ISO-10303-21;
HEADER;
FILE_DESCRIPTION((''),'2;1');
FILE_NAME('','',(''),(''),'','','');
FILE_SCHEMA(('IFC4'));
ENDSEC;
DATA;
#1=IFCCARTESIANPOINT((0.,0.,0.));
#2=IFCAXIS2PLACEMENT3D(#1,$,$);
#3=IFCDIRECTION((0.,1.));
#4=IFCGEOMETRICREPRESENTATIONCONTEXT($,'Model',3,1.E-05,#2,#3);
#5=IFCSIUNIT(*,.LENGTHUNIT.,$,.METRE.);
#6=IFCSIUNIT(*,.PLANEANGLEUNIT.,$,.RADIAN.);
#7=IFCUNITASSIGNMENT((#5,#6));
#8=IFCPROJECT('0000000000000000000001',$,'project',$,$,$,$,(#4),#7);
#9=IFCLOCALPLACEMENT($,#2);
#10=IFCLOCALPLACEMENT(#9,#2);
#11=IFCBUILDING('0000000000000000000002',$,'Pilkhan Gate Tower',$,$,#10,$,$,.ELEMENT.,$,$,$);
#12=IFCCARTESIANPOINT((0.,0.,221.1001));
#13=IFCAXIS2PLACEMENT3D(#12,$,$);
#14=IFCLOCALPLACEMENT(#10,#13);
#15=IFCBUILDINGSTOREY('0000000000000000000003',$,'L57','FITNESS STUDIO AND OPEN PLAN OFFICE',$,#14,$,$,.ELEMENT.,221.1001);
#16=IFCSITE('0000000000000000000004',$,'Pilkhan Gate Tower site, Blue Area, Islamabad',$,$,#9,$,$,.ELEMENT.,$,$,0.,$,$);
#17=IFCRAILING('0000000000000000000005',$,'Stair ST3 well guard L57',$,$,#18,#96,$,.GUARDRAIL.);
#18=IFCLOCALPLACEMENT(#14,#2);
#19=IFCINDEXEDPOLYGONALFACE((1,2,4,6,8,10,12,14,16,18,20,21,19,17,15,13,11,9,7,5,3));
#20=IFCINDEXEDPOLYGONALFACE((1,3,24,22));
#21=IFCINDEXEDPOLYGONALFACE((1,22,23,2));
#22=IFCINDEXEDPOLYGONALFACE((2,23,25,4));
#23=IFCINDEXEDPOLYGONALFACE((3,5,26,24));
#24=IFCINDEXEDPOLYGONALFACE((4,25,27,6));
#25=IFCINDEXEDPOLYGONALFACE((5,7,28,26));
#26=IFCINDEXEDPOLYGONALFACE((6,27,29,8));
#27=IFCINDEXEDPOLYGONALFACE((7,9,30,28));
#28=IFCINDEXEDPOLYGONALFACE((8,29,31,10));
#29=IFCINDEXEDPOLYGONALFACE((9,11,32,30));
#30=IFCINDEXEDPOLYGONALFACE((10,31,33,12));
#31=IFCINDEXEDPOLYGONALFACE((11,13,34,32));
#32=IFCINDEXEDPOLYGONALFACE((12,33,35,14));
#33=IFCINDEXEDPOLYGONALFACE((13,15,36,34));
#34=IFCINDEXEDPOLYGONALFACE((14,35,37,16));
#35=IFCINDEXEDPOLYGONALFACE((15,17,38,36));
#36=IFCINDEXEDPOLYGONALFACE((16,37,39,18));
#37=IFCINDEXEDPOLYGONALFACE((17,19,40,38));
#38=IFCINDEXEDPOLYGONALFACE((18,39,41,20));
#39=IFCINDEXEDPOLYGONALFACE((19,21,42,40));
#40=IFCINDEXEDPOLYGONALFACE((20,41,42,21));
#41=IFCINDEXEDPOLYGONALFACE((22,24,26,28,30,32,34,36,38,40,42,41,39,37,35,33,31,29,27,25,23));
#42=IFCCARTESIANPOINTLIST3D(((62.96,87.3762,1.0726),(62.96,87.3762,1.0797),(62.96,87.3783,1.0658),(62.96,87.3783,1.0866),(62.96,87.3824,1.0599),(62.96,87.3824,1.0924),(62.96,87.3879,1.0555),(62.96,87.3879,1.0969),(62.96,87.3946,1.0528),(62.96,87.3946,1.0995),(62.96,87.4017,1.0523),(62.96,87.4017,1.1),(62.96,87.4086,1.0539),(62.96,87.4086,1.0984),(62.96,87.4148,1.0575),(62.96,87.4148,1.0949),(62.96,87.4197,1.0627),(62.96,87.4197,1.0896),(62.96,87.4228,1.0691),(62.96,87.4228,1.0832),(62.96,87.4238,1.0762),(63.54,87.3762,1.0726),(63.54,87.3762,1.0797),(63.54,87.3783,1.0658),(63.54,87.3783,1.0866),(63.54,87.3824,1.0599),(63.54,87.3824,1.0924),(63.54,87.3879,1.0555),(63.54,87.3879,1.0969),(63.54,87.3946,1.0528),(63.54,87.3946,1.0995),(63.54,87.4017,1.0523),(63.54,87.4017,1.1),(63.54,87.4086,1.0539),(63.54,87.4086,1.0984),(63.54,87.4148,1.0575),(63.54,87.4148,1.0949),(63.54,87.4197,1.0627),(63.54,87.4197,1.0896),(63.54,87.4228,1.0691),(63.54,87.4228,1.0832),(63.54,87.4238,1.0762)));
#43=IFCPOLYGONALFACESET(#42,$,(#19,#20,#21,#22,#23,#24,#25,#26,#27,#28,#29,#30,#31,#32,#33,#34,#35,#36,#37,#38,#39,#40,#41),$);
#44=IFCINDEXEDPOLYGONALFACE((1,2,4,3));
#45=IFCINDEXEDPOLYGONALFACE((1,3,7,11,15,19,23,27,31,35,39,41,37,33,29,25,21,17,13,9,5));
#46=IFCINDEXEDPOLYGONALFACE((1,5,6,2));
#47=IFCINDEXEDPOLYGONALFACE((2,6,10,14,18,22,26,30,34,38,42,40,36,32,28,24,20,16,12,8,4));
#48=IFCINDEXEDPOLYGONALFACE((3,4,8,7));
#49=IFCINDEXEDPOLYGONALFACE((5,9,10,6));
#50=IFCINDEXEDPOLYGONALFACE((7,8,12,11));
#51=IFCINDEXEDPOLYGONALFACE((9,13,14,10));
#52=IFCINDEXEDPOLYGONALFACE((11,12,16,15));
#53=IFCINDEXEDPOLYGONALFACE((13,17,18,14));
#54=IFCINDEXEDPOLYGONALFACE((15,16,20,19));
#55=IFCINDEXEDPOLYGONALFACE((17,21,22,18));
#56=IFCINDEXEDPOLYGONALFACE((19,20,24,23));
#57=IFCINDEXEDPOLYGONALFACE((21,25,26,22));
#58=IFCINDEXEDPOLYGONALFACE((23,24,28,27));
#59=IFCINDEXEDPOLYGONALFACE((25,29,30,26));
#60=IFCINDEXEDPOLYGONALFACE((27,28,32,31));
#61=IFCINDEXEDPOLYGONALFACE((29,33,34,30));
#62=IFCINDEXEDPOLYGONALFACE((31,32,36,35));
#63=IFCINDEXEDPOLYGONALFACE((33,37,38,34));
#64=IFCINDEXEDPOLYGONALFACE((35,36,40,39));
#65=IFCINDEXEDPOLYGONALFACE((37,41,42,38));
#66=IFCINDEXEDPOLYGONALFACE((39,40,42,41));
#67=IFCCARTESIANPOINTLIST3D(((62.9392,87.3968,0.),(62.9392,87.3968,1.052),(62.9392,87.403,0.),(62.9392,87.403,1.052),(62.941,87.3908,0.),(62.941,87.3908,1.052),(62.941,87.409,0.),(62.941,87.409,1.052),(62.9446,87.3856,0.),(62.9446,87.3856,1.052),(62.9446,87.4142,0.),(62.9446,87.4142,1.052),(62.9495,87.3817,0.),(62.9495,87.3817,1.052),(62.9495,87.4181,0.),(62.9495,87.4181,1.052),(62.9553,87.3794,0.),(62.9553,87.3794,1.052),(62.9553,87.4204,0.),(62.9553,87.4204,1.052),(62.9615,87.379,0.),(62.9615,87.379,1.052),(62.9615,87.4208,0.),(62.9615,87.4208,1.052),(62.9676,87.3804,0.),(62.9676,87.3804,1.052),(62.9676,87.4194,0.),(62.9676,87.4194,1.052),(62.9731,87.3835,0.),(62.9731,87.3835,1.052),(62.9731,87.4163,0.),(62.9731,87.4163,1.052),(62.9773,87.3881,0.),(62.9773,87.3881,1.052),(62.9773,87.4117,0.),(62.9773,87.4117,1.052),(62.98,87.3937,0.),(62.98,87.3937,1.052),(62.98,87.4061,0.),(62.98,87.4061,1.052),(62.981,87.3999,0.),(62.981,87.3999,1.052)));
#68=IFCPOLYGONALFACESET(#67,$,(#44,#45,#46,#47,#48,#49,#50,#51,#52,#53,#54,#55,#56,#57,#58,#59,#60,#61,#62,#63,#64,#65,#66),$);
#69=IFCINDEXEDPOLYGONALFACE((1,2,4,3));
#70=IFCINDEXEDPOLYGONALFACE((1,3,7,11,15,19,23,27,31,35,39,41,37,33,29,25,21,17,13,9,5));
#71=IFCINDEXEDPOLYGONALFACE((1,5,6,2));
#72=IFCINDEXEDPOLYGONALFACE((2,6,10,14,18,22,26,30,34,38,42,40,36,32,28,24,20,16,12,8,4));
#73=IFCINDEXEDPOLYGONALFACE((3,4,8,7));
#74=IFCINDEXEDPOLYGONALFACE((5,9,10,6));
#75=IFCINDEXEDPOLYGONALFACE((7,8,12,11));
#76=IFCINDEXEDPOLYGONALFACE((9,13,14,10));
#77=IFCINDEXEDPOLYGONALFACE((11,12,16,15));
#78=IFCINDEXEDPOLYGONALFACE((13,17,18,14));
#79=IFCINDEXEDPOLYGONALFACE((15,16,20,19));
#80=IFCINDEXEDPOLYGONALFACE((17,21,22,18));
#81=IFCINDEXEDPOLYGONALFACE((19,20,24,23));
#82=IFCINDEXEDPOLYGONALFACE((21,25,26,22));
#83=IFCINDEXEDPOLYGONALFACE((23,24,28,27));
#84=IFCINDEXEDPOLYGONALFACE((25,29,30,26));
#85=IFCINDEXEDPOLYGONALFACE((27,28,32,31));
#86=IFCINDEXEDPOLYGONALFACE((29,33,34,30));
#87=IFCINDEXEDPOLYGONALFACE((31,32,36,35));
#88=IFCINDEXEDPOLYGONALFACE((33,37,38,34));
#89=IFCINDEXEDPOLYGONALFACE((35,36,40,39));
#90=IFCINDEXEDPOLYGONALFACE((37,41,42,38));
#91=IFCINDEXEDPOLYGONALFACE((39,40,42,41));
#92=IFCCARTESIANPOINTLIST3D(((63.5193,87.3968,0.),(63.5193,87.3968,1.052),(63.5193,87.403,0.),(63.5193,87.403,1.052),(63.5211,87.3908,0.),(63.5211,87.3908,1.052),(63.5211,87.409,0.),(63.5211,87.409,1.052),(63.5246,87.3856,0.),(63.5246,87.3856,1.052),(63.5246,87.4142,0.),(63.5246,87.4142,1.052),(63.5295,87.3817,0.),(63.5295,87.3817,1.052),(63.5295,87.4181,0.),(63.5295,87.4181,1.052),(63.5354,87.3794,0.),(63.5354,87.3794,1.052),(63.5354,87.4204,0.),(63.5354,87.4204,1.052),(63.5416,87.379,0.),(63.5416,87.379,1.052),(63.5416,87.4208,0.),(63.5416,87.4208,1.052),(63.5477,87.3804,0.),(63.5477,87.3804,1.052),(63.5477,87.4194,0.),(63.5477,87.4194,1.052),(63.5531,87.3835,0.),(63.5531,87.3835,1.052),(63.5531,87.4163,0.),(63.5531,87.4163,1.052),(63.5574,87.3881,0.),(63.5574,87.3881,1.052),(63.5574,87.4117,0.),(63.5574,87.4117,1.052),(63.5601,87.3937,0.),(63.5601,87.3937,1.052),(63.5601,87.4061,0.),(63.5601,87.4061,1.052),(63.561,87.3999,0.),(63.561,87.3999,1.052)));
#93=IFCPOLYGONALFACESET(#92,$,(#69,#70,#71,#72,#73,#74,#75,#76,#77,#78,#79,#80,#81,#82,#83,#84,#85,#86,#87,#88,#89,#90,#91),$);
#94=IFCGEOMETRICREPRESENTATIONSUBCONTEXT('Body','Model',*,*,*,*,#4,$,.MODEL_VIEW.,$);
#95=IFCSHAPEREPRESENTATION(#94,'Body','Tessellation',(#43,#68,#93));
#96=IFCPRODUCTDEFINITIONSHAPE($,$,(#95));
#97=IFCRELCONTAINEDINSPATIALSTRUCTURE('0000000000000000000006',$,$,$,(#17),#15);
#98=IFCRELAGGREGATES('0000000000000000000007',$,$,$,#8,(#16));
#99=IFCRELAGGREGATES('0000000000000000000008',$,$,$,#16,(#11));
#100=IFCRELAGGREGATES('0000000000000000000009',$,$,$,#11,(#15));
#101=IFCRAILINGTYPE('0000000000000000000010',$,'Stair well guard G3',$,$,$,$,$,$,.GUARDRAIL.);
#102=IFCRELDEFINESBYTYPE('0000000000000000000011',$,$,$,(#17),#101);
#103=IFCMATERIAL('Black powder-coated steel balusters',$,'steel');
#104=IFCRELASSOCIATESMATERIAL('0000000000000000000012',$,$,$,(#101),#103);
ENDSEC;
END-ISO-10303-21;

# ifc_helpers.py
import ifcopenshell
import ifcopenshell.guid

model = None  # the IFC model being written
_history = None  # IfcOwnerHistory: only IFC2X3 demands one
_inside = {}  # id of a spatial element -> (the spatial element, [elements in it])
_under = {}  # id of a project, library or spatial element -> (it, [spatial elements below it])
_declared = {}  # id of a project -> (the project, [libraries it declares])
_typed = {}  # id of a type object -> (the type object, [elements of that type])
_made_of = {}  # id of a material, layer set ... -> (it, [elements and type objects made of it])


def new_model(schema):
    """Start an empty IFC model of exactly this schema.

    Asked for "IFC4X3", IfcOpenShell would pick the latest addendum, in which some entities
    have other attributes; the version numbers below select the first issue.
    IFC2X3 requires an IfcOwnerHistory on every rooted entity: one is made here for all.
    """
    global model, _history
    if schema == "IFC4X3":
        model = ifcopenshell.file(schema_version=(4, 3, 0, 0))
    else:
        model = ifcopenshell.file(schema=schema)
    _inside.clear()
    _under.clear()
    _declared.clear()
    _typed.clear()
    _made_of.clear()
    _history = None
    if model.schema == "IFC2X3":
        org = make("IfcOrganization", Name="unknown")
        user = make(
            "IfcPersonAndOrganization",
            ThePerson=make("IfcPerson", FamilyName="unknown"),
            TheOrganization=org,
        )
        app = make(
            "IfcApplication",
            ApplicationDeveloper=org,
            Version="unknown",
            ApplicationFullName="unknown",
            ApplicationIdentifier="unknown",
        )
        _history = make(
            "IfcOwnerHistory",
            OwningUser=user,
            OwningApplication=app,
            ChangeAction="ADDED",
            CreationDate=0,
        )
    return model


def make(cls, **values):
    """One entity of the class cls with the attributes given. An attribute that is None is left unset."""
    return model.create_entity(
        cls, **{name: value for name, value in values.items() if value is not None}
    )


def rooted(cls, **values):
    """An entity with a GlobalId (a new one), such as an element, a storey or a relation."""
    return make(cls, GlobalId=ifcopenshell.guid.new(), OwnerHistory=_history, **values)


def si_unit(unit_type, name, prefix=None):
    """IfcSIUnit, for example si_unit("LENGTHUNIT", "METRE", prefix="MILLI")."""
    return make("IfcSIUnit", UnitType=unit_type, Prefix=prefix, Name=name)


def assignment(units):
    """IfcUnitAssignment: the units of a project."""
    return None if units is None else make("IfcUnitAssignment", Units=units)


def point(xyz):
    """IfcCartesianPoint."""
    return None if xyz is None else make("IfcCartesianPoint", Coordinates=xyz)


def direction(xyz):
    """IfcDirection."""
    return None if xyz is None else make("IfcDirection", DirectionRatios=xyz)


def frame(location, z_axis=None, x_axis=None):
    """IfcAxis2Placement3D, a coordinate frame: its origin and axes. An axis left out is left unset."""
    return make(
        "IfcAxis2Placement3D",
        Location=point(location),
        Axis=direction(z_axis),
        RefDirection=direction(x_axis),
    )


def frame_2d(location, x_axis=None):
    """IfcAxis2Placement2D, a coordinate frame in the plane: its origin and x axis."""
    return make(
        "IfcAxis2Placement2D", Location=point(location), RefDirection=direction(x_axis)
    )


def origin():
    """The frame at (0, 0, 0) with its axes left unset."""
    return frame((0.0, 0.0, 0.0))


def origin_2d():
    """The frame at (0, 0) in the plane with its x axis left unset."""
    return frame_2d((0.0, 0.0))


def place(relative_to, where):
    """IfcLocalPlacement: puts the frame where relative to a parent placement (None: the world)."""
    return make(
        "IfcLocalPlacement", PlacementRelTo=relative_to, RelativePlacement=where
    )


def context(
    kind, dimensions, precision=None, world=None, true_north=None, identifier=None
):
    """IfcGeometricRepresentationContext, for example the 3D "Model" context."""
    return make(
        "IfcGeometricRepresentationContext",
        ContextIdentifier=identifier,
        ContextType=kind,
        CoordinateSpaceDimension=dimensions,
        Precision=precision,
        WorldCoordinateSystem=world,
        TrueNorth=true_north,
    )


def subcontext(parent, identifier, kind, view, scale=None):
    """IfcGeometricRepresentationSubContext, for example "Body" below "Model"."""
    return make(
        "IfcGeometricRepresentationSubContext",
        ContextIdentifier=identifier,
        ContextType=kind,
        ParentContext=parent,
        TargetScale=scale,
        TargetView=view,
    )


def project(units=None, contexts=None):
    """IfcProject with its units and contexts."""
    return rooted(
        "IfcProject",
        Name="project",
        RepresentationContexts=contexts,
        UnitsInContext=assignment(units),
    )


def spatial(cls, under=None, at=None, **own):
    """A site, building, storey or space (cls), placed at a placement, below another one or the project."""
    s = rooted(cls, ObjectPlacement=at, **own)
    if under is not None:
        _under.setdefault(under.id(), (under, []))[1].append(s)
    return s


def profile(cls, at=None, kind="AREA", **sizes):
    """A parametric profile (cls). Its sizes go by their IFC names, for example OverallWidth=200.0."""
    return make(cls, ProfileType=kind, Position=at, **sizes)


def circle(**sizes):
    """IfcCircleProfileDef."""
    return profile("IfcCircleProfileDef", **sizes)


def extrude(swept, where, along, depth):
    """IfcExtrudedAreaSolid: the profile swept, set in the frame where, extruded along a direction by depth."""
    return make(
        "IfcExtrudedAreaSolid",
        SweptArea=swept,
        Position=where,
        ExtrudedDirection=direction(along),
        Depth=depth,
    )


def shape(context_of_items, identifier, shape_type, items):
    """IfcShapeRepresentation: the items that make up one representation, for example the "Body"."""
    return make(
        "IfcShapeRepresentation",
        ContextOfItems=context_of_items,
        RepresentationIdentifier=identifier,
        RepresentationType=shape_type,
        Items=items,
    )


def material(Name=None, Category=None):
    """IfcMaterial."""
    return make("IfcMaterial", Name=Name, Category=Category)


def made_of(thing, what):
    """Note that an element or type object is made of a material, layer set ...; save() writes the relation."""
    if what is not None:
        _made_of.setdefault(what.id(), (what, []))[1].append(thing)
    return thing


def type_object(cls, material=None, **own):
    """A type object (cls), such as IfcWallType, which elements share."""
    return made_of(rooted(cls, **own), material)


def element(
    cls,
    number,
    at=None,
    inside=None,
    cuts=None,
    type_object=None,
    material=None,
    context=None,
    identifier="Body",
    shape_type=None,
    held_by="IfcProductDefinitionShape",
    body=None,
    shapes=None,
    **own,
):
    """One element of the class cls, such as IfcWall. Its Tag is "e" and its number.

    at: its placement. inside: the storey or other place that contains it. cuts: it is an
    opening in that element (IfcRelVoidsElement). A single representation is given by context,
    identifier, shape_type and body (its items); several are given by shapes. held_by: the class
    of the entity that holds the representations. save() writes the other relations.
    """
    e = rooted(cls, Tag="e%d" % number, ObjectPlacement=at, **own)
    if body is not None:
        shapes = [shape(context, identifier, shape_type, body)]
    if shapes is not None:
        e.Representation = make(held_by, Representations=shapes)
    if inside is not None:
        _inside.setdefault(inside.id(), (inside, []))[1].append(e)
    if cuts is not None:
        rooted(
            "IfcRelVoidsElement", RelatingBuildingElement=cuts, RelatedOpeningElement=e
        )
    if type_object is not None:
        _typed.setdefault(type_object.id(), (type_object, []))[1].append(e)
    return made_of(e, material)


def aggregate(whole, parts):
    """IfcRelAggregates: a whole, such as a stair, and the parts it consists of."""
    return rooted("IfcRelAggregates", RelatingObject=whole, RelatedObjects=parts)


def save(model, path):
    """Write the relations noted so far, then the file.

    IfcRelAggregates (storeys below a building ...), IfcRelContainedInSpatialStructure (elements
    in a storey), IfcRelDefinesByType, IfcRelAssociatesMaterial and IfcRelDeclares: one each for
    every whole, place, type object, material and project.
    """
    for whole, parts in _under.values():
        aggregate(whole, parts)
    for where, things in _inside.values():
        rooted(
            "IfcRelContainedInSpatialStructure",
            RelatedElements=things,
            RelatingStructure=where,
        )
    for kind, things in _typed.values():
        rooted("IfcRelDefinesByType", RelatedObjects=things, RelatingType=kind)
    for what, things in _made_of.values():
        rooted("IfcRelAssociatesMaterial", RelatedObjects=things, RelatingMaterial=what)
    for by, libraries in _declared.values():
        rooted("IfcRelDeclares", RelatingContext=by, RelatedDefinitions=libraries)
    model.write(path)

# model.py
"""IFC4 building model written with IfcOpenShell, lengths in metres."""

from ifc_helpers import new_model, si_unit, direction, frame, origin, origin_2d, place, context, subcontext, project, spatial, circle, extrude, material, type_object, element, save


model = new_model("IFC4")

# Units and contexts
model_context = context("Model", 3, precision=1e-05, world=origin(), true_north=direction((0.0, 1.0)))
body_context = subcontext(model_context, "Body", "Model", "MODEL_VIEW")
ifc_project = project(units=[si_unit("LENGTHUNIT", "METRE"), si_unit("PLANEANGLEUNIT", "RADIAN")], contexts=[model_context])

# Site, building, storey
site_placement = place(None, origin())
site = spatial("IfcSite", under=ifc_project, at=site_placement, Name="Pilkhan Gate Tower site, Blue Area, Islamabad", CompositionType="ELEMENT", RefElevation=0.0)
building_placement = place(site_placement, origin())
building = spatial("IfcBuilding", under=site, at=building_placement, Name="Pilkhan Gate Tower", CompositionType="ELEMENT")
storey_placement = place(building_placement, frame((0.0, 0.0, 221.1001)))
storey = spatial("IfcBuildingStorey", under=building, at=storey_placement, Name="L57", Description="FITNESS STUDIO AND OPEN PLAN OFFICE", CompositionType="ELEMENT", Elevation=221.1001)

# Railing
ifc_material_1 = material(Name="Black powder-coated steel balusters", Category="steel")
railing_type_1 = type_object("IfcRailingType", Name="Stair well guard G3", PredefinedType="GUARDRAIL", material=ifc_material_1)
railing_1_placement = place(storey_placement, frame((62.96, 87.3999, 0.0)))
element("IfcRailing", 1, at=railing_1_placement, inside=storey, type_object=railing_type_1, Name="Stair ST3 well guard L57", PredefinedType="GUARDRAIL", context=body_context, shape_type="SweptSolid", body=[
    extrude(circle(Radius=0.0239, at=origin_2d()), frame((0.0, 0.0, 1.0762), z_axis=(1.0, 0.0, 0.0), x_axis=(0.0, 1.0, 0.0)), (0.0, 0.0, 1.0), 0.5801),
    extrude(circle(Radius=0.021, at=origin_2d()), origin(), (0.0, 0.0, 1.0), 1.052),
    extrude(circle(Radius=0.021, at=origin_2d()), frame((0.5801, 0.0, 0.0)), (0.0, 0.0, 1.0), 1.052),
])

save(model, "model.ifc")
